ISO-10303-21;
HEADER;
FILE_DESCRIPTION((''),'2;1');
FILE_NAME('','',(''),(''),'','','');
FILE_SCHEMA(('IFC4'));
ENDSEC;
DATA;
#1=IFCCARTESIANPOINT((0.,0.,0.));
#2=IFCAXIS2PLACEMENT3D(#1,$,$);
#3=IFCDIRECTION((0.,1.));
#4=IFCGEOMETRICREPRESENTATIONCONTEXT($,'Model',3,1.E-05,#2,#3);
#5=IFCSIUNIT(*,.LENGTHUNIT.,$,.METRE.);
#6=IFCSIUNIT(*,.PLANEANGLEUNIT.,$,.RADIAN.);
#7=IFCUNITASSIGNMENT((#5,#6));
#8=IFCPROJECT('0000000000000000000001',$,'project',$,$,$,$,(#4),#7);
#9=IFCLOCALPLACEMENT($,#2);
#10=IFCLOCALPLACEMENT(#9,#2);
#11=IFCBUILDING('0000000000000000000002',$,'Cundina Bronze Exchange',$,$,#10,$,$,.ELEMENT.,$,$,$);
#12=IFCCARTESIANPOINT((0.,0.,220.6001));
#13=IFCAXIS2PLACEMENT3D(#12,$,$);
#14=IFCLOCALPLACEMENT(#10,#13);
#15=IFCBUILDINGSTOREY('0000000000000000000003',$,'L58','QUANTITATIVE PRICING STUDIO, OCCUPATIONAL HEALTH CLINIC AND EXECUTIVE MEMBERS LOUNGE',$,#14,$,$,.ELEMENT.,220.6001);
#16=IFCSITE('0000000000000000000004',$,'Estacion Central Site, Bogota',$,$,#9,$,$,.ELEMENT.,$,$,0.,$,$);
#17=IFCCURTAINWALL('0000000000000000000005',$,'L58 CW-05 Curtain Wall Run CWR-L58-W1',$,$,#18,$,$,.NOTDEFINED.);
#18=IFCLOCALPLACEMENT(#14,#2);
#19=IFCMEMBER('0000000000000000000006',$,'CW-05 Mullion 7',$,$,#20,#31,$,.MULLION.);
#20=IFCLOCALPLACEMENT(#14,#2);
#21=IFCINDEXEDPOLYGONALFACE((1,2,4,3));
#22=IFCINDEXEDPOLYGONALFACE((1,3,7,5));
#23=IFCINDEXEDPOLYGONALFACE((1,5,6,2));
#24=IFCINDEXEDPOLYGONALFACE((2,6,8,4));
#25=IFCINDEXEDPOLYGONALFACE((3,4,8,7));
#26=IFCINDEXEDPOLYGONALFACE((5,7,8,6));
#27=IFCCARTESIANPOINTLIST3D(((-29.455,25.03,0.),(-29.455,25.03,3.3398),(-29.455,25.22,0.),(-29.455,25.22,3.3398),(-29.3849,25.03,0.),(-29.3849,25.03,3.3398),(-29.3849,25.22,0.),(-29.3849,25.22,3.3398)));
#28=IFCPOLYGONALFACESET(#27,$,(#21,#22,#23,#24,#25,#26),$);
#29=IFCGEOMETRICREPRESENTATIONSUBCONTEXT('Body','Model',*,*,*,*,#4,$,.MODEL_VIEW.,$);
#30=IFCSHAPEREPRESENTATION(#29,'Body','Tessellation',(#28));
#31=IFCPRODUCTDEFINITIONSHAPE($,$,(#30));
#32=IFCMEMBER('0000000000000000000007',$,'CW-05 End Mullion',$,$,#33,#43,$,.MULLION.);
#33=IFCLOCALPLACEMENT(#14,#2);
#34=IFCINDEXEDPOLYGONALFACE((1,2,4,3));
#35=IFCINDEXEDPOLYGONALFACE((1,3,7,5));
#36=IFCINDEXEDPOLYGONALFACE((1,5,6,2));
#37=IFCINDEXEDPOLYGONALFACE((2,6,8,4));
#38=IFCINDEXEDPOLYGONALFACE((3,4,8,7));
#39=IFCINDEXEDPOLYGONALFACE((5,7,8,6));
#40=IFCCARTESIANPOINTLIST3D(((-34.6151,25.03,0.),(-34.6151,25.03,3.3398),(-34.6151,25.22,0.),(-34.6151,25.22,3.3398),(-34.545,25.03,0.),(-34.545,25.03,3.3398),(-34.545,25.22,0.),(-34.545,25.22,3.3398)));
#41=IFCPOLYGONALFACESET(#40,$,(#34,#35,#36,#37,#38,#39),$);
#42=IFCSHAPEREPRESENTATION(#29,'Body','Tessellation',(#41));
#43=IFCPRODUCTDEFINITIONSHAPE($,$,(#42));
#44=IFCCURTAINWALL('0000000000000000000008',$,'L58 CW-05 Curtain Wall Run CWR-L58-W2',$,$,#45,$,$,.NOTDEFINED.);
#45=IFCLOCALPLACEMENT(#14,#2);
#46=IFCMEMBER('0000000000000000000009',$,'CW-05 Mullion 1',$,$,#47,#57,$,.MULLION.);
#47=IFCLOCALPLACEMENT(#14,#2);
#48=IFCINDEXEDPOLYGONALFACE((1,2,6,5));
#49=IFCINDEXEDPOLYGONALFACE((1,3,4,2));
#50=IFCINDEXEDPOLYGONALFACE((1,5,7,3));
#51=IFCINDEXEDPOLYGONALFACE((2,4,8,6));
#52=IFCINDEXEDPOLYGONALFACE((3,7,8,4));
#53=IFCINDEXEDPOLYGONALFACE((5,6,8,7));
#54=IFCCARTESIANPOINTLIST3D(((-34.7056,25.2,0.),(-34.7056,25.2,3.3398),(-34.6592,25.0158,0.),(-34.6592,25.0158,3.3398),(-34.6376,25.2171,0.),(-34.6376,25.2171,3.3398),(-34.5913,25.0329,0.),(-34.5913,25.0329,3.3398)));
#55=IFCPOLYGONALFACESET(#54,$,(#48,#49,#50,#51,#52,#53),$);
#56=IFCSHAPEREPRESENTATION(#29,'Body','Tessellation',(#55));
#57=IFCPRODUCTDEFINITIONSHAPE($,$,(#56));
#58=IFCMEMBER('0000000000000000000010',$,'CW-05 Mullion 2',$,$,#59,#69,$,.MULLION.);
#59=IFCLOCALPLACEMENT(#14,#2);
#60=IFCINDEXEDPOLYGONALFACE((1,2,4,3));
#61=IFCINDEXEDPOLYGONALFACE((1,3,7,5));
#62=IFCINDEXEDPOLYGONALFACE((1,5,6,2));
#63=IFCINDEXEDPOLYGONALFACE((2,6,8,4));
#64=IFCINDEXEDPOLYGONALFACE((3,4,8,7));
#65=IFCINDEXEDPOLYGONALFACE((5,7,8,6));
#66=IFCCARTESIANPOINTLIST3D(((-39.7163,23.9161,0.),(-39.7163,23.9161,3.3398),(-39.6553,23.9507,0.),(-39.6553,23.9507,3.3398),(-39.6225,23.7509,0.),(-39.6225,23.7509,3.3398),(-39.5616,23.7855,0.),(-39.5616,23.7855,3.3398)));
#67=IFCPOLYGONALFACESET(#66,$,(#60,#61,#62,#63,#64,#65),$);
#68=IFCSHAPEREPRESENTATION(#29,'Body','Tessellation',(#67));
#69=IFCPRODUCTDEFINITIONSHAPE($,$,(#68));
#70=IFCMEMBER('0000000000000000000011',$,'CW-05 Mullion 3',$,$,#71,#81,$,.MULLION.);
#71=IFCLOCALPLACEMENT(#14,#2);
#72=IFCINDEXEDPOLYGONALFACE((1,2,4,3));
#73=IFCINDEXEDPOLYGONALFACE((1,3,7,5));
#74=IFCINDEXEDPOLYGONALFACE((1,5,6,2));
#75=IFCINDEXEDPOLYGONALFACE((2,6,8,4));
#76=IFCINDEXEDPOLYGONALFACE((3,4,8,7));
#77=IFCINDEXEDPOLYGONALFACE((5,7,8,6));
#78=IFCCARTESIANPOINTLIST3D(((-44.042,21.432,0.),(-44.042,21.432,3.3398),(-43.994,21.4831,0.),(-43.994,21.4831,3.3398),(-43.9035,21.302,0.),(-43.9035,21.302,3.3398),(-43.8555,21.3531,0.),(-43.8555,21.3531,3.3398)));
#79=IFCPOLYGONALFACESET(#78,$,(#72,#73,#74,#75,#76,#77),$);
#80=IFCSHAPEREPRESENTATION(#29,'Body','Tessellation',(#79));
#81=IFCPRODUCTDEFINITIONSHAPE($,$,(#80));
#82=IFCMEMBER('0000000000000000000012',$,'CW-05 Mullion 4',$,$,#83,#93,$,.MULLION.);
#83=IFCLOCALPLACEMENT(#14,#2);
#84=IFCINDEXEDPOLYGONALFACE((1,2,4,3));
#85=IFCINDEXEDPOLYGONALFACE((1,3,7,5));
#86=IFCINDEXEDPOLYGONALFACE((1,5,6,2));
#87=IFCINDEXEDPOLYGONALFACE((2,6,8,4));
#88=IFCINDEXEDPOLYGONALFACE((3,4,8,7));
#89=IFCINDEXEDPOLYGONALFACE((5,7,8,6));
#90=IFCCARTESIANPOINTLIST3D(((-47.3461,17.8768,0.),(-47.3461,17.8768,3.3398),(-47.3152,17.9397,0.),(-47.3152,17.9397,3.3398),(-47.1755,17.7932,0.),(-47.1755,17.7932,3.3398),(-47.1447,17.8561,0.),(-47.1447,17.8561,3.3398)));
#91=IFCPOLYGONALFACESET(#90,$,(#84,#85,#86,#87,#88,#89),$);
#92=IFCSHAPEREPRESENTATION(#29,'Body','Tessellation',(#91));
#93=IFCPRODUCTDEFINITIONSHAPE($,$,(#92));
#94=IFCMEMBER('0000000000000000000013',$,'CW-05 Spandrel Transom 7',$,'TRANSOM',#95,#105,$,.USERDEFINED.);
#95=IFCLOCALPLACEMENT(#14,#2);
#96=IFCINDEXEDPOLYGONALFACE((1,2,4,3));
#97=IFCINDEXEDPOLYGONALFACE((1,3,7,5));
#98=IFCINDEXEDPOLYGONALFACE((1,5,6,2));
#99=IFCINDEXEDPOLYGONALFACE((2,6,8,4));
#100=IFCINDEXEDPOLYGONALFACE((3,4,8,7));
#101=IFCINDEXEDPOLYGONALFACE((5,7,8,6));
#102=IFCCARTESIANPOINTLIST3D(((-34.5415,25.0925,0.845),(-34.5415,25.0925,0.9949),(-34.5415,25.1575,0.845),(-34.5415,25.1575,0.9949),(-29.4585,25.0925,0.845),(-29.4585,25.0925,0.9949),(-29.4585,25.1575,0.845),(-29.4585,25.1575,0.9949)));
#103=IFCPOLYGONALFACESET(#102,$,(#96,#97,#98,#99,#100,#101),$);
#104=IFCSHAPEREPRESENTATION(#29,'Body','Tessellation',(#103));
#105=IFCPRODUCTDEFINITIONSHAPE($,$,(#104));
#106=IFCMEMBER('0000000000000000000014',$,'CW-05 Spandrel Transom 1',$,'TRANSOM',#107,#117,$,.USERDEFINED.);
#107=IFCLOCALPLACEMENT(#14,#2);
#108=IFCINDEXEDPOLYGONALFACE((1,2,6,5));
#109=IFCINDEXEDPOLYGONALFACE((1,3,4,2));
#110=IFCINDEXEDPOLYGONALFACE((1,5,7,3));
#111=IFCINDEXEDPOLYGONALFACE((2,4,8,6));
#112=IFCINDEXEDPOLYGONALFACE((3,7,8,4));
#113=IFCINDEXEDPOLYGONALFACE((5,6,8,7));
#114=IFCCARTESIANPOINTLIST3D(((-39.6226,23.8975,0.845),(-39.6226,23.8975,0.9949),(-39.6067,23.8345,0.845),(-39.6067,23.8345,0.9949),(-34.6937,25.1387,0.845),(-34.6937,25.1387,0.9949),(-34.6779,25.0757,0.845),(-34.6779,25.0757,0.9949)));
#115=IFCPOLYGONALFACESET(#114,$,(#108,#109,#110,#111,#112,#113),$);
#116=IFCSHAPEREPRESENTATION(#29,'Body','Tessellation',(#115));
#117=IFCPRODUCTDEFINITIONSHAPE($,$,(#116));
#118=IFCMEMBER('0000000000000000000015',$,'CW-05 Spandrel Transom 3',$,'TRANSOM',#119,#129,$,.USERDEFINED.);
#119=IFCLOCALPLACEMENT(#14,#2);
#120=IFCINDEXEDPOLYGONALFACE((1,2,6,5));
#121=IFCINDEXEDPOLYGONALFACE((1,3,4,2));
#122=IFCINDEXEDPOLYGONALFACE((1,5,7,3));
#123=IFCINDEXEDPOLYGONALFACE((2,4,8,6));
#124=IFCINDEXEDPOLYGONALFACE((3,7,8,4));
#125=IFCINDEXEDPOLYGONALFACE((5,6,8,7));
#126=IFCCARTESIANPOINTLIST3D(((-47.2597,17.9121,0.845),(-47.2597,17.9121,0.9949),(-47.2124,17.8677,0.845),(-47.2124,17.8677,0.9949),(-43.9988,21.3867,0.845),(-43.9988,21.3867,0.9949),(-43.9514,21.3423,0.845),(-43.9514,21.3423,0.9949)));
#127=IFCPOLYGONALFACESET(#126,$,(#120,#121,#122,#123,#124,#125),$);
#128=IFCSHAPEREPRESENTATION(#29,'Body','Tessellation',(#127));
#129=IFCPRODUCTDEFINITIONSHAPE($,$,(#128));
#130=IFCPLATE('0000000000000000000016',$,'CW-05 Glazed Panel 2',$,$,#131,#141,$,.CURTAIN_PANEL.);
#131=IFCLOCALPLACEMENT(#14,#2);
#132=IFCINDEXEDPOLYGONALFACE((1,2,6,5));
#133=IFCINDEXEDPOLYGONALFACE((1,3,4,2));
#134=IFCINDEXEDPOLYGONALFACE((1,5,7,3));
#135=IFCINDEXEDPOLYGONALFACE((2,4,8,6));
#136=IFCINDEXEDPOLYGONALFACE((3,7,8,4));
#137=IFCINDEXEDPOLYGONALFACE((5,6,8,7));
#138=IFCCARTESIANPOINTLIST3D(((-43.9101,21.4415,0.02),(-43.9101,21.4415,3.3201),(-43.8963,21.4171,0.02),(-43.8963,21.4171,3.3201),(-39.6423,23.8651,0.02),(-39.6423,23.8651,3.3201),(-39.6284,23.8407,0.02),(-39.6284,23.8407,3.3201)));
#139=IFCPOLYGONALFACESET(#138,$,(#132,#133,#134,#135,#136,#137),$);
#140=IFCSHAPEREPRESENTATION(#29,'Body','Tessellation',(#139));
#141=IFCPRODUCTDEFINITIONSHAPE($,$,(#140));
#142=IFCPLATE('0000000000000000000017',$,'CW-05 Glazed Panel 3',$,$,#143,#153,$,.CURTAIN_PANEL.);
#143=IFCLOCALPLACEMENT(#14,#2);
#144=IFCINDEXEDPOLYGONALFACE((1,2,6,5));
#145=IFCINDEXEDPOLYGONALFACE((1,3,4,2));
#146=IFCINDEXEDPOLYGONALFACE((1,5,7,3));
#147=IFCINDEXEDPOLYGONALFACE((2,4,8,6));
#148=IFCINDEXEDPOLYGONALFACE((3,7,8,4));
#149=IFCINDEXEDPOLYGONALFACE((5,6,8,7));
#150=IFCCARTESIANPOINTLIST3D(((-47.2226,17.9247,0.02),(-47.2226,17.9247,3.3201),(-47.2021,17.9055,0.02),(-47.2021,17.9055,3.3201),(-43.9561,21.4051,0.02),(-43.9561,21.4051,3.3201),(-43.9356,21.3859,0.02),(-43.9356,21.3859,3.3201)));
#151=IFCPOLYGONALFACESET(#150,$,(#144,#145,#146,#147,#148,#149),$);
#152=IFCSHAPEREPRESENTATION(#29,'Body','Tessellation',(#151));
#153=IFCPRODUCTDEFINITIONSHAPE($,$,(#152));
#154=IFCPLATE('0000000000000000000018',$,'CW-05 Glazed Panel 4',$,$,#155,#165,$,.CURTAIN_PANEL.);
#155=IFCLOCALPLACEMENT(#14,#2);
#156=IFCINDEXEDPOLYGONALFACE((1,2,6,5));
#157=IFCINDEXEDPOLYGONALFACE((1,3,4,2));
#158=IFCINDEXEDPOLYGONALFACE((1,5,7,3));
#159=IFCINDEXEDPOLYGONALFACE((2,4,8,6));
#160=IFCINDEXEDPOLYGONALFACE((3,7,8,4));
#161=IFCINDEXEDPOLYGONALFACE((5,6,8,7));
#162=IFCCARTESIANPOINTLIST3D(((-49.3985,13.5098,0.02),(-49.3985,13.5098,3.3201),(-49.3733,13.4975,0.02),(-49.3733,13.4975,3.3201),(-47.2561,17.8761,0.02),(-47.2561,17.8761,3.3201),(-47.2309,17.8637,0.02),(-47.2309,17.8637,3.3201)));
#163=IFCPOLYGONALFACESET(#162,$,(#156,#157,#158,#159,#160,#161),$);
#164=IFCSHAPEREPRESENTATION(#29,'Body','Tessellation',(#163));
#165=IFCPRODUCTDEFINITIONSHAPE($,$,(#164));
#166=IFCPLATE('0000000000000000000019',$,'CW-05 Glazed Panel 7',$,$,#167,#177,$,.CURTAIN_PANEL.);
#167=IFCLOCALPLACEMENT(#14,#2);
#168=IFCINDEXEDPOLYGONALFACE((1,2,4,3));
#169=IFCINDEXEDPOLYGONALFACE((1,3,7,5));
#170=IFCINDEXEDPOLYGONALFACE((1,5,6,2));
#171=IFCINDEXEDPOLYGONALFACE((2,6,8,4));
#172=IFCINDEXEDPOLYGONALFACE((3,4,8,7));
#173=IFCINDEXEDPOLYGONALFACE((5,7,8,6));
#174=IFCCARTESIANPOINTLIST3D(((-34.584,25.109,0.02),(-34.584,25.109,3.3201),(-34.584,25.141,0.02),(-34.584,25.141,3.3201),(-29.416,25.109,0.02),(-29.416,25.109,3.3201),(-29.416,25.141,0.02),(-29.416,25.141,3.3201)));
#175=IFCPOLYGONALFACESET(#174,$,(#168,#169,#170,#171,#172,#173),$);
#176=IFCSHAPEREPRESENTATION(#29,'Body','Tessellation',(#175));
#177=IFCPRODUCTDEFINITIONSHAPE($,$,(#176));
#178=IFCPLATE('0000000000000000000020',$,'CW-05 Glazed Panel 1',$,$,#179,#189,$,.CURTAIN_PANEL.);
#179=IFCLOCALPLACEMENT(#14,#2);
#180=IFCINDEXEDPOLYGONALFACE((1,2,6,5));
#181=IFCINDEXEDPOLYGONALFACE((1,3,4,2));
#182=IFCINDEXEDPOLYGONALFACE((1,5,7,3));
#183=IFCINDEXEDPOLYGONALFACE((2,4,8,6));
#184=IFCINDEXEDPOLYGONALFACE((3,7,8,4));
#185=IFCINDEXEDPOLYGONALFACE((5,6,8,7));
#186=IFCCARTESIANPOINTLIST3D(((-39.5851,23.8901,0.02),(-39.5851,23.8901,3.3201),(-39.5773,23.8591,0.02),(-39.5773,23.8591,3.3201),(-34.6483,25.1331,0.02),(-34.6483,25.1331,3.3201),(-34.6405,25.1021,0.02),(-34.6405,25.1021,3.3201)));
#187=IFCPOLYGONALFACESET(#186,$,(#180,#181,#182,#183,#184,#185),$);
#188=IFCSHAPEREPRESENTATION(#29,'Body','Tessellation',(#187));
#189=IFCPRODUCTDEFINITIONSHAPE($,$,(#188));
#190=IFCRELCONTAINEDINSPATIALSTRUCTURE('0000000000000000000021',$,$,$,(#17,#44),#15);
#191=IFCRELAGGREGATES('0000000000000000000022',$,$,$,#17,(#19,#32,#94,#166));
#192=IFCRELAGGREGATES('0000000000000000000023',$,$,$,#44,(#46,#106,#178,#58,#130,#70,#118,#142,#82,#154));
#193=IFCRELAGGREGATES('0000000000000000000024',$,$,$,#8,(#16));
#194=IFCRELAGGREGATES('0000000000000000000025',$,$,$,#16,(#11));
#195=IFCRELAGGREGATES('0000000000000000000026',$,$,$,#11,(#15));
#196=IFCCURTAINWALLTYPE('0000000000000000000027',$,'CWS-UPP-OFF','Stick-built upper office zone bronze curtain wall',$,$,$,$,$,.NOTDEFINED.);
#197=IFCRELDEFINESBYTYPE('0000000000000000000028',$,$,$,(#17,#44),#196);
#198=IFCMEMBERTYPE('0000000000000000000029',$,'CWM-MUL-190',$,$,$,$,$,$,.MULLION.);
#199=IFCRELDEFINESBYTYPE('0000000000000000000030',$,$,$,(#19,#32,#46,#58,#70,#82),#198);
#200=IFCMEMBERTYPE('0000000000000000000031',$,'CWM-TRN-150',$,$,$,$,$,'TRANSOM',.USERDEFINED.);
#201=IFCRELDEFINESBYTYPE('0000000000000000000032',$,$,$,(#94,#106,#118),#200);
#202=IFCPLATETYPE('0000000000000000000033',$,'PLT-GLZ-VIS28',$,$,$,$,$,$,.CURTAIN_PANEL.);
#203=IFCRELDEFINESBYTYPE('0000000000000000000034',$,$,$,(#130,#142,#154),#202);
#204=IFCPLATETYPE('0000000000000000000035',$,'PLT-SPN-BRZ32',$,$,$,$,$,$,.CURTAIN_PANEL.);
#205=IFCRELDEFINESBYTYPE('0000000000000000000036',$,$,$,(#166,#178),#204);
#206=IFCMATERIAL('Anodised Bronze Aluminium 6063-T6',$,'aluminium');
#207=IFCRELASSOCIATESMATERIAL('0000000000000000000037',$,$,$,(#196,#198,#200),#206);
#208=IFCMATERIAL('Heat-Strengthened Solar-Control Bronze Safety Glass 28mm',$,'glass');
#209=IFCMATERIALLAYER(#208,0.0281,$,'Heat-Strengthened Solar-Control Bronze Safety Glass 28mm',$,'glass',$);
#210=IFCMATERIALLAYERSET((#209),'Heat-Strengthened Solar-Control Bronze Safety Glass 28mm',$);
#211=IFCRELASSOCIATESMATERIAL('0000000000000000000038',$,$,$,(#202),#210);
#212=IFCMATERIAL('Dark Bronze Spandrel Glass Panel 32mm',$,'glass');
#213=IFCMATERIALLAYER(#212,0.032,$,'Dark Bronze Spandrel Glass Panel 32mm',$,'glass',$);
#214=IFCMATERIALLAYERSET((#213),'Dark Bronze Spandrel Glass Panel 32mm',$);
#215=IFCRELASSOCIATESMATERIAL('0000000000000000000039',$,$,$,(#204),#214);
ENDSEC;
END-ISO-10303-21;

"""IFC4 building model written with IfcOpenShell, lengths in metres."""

from ifc_helpers import new_model, si_unit, direction, frame, origin, origin_2d, place, context, subcontext, project, spatial, rectangle, extrude, material, layer, layer_set, material_profile, profile_set, type_object, element, aggregate, save


model = new_model("IFC4")

# Units and contexts
model_context = context("Model", 3, precision=1e-05, world=origin(), true_north=direction((0.0, 1.0)))
body_context = subcontext(model_context, "Body", "Model", "MODEL_VIEW")
ifc_project = project(units=[si_unit("LENGTHUNIT", "METRE"), si_unit("PLANEANGLEUNIT", "RADIAN")], contexts=[model_context])

# Site, building, storey
site_placement = place(None, origin())
site = spatial("IfcSite", under=ifc_project, at=site_placement, Name="Estacion Central Site, Bogota", CompositionType="ELEMENT", RefElevation=0.0)
building_placement = place(site_placement, origin())
building = spatial("IfcBuilding", under=site, at=building_placement, Name="Cundina Bronze Exchange", CompositionType="ELEMENT")
storey_placement = place(building_placement, frame((0.0, 0.0, 220.6001)))
storey = spatial("IfcBuildingStorey", under=building, at=storey_placement, Name="L58", Description="QUANTITATIVE PRICING STUDIO, OCCUPATIONAL HEALTH CLINIC AND EXECUTIVE MEMBERS LOUNGE", CompositionType="ELEMENT", Elevation=220.6001)

# Curtain walls, members
ifc_material_1 = material(Name="Anodised Bronze Aluminium 6063-T6", Category="aluminium")
curtain_wall_type = type_object("IfcCurtainWallType", Name="CWS-UPP-OFF", Description="Stick-built upper office zone bronze curtain wall", PredefinedType="NOTDEFINED", material=ifc_material_1)
curtain_wall_1_placement = place(storey_placement, origin())
curtain_wall_1 = element("IfcCurtainWall", 1, at=curtain_wall_1_placement, inside=storey, type_object=curtain_wall_type, Name="L58 CW-05 Curtain Wall Run CWR-L58-W1", PredefinedType="NOTDEFINED")
ifc_material_profile_1 = material_profile(ifc_material_1, rectangle(XDim=0.0701, YDim=0.1899, at=origin_2d()), Name="AL70X190", Category="aluminium")
ifc_profile_set_1 = profile_set([ifc_material_profile_1], Name="Anodised Bronze Aluminium 6063-T6")
member_type_1 = type_object("IfcMemberType", Name="CWM-MUL-190", PredefinedType="MULLION", material=ifc_profile_set_1)
member_1_placement = place(storey_placement, frame((-29.4199, 25.125, 0.0), z_axis=(0.0, 0.0, 1.0), x_axis=(-1.0, 0.0, 0.0)))
member_1 = element("IfcMember", 2, at=member_1_placement, type_object=member_type_1, Name="CW-05 Mullion 7", PredefinedType="MULLION", context=body_context, shape_type="SweptSolid", body=[
    extrude(rectangle(XDim=0.0701, YDim=0.1899, at=origin_2d()), origin(), (0.0, 0.0, 1.0), 3.3398),
])
member_2_placement = place(storey_placement, frame((-34.5801, 25.125, 0.0), z_axis=(0.0, 0.0, 1.0), x_axis=(-1.0, 0.0, 0.0)))
member_2 = element("IfcMember", 3, at=member_2_placement, type_object=member_type_1, Name="CW-05 End Mullion", PredefinedType="MULLION", context=body_context, shape_type="SweptSolid", body=[
    extrude(rectangle(XDim=0.0701, YDim=0.1899, at=origin_2d()), origin(), (0.0, 0.0, 1.0), 3.3398),
])
curtain_wall_2_placement = place(storey_placement, origin())
curtain_wall_2 = element("IfcCurtainWall", 4, at=curtain_wall_2_placement, inside=storey, type_object=curtain_wall_type, Name="L58 CW-05 Curtain Wall Run CWR-L58-W2", PredefinedType="NOTDEFINED")
member_3_placement = place(storey_placement, frame((-34.6484, 25.1165, 0.0), z_axis=(0.0, 0.0, 1.0), x_axis=(-0.969744, -0.244123, 0.0)))
member_3 = element("IfcMember", 5, at=member_3_placement, type_object=member_type_1, Name="CW-05 Mullion 1", PredefinedType="MULLION", context=body_context, shape_type="SweptSolid", body=[
    extrude(rectangle(XDim=0.0701, YDim=0.1899, at=origin_2d()), origin(), (0.0, 0.0, 1.0), 3.3398),
])
member_4_placement = place(storey_placement, frame((-39.6389, 23.8508, 0.0), z_axis=(0.0, 0.0, 1.0), x_axis=(-0.869581, -0.49379, 0.0)))
member_4 = element("IfcMember", 6, at=member_4_placement, type_object=member_type_1, Name="CW-05 Mullion 2", PredefinedType="MULLION", context=body_context, shape_type="SweptSolid", body=[
    extrude(rectangle(XDim=0.0701, YDim=0.1899, at=origin_2d()), origin(), (0.0, 0.0, 1.0), 3.3398),
])
member_5_placement = place(storey_placement, frame((-43.9487, 21.3926, 0.0), z_axis=(0.0, 0.0, 1.0), x_axis=(-0.684293, -0.729208, 0.0)))
member_5 = element("IfcMember", 7, at=member_5_placement, type_object=member_type_1, Name="CW-05 Mullion 3", PredefinedType="MULLION", context=body_context, shape_type="SweptSolid", body=[
    extrude(rectangle(XDim=0.0701, YDim=0.1899, at=origin_2d()), origin(), (0.0, 0.0, 1.0), 3.3398),
])
member_6_placement = place(storey_placement, frame((-47.2454, 17.8665, 0.0), z_axis=(0.0, 0.0, 1.0), x_axis=(-0.440566, -0.89772, 0.0)))
member_6 = element("IfcMember", 8, at=member_6_placement, type_object=member_type_1, Name="CW-05 Mullion 4", PredefinedType="MULLION", context=body_context, shape_type="SweptSolid", body=[
    extrude(rectangle(XDim=0.0701, YDim=0.1899, at=origin_2d()), origin(), (0.0, 0.0, 1.0), 3.3398),
])

# Members
ifc_material_profile_2 = material_profile(ifc_material_1, rectangle(XDim=0.0649, YDim=0.1499, at=origin_2d()), Name="AL65X150", Category="aluminium")
ifc_profile_set_2 = profile_set([ifc_material_profile_2], Name="Anodised Bronze Aluminium 6063-T6")
member_type_2 = type_object("IfcMemberType", Name="CWM-TRN-150", ElementType="TRANSOM", PredefinedType="USERDEFINED", material=ifc_profile_set_2)
member_7_placement = place(storey_placement, frame((-29.4585, 25.125, 0.9199), z_axis=(-1.0, 0.0, 0.0), x_axis=(0.0, -1.0, 0.0)))
member_7 = element("IfcMember", 9, at=member_7_placement, type_object=member_type_2, Name="CW-05 Spandrel Transom 7", ObjectType="TRANSOM", PredefinedType="USERDEFINED", context=body_context, shape_type="SweptSolid", body=[
    extrude(rectangle(XDim=0.0649, YDim=0.1499, at=origin_2d()), origin(), (0.0, 0.0, 1.0), 5.083),
])
member_8_placement = place(storey_placement, frame((-34.6858, 25.1072, 0.9199), z_axis=(-0.969726, -0.244197, 0.0), x_axis=(0.244197, -0.969726, 0.0)))
member_8 = element("IfcMember", 10, at=member_8_placement, type_object=member_type_2, Name="CW-05 Spandrel Transom 1", ObjectType="TRANSOM", PredefinedType="USERDEFINED", context=body_context, shape_type="SweptSolid", body=[
    extrude(rectangle(XDim=0.0649, YDim=0.1499, at=origin_2d()), origin(), (0.0, 0.0, 1.0), 5.0828),
])
member_9_placement = place(storey_placement, frame((-43.9751, 21.3645, 0.9199), z_axis=(-0.684336, -0.729166, 0.0), x_axis=(0.729166, -0.684336, 0.0)))
member_9 = element("IfcMember", 11, at=member_9_placement, type_object=member_type_2, Name="CW-05 Spandrel Transom 3", ObjectType="TRANSOM", PredefinedType="USERDEFINED", context=body_context, shape_type="SweptSolid", body=[
    extrude(rectangle(XDim=0.0649, YDim=0.1499, at=origin_2d()), origin(), (0.0, 0.0, 1.0), 4.7651),
])

# Plates
ifc_material_2 = material(Name="Heat-Strengthened Solar-Control Bronze Safety Glass 28mm", Category="glass")
ifc_layer_1 = layer(ifc_material_2, 0.0281, Name="Heat-Strengthened Solar-Control Bronze Safety Glass 28mm", Category="glass")
ifc_layer_set_1 = layer_set([ifc_layer_1], Name="Heat-Strengthened Solar-Control Bronze Safety Glass 28mm")
plate_type_1 = type_object("IfcPlateType", Name="PLT-GLZ-VIS28", PredefinedType="CURTAIN_PANEL", material=ifc_layer_set_1)
plate_1_placement = place(storey_placement, frame((-41.7693, 22.6411, 0.02), z_axis=(0.0, 0.0, 1.0), x_axis=(-0.869573, -0.493805, 0.0)))
plate_1 = element("IfcPlate", 12, at=plate_1_placement, type_object=plate_type_1, Name="CW-05 Glazed Panel 2", PredefinedType="CURTAIN_PANEL", context=body_context, shape_type="SweptSolid", body=[
    extrude(rectangle(XDim=4.908, YDim=0.0281, at=origin_2d()), origin(), (0.0, 0.0, 1.0), 3.3),
])
plate_2_placement = place(storey_placement, frame((-45.5791, 19.6553, 0.02), z_axis=(0.0, 0.0, 1.0), x_axis=(-0.684344, -0.72916, 0.0)))
plate_2 = element("IfcPlate", 13, at=plate_2_placement, type_object=plate_type_1, Name="CW-05 Glazed Panel 3", PredefinedType="CURTAIN_PANEL", context=body_context, shape_type="SweptSolid", body=[
    extrude(rectangle(XDim=4.7732, YDim=0.0281, at=origin_2d()), origin(), (0.0, 0.0, 1.0), 3.3),
])
plate_3_placement = place(storey_placement, frame((-48.3147, 15.6868, 0.02), z_axis=(0.0, 0.0, 1.0), x_axis=(-0.440503, -0.897751, 0.0)))
plate_3 = element("IfcPlate", 14, at=plate_3_placement, type_object=plate_type_1, Name="CW-05 Glazed Panel 4", PredefinedType="CURTAIN_PANEL", context=body_context, shape_type="SweptSolid", body=[
    extrude(rectangle(XDim=4.8635, YDim=0.0281, at=origin_2d()), origin(), (0.0, 0.0, 1.0), 3.3),
])
ifc_material_3 = material(Name="Dark Bronze Spandrel Glass Panel 32mm", Category="glass")
ifc_layer_2 = layer(ifc_material_3, 0.032, Name="Dark Bronze Spandrel Glass Panel 32mm", Category="glass")
ifc_layer_set_2 = layer_set([ifc_layer_2], Name="Dark Bronze Spandrel Glass Panel 32mm")
plate_type_2 = type_object("IfcPlateType", Name="PLT-SPN-BRZ32", PredefinedType="CURTAIN_PANEL", material=ifc_layer_set_2)
plate_4_placement = place(storey_placement, frame((-32.0, 25.125, 0.02), z_axis=(0.0, 0.0, 1.0), x_axis=(-1.0, 0.0, 0.0)))
plate_4 = element("IfcPlate", 15, at=plate_4_placement, type_object=plate_type_2, Name="CW-05 Glazed Panel 7", PredefinedType="CURTAIN_PANEL", context=body_context, shape_type="SweptSolid", body=[
    extrude(rectangle(XDim=5.168, YDim=0.032, at=origin_2d()), origin(), (0.0, 0.0, 1.0), 3.3),
])
aggregate(curtain_wall_1, [member_1, member_2, member_7, plate_4])
plate_5_placement = place(storey_placement, frame((-37.1128, 24.4961, 0.02), z_axis=(0.0, 0.0, 1.0), x_axis=(-0.969732, -0.244174, 0.0)))
plate_5 = element("IfcPlate", 16, at=plate_5_placement, type_object=plate_type_2, Name="CW-05 Glazed Panel 1", PredefinedType="CURTAIN_PANEL", context=body_context, shape_type="SweptSolid", body=[
    extrude(rectangle(XDim=5.0908, YDim=0.032, at=origin_2d()), origin(), (0.0, 0.0, 1.0), 3.3),
])
aggregate(curtain_wall_2, [member_3, member_8, plate_5, member_4, plate_1, member_5, member_9, plate_2, member_6, plate_3])

save(model, "model.ifc")
